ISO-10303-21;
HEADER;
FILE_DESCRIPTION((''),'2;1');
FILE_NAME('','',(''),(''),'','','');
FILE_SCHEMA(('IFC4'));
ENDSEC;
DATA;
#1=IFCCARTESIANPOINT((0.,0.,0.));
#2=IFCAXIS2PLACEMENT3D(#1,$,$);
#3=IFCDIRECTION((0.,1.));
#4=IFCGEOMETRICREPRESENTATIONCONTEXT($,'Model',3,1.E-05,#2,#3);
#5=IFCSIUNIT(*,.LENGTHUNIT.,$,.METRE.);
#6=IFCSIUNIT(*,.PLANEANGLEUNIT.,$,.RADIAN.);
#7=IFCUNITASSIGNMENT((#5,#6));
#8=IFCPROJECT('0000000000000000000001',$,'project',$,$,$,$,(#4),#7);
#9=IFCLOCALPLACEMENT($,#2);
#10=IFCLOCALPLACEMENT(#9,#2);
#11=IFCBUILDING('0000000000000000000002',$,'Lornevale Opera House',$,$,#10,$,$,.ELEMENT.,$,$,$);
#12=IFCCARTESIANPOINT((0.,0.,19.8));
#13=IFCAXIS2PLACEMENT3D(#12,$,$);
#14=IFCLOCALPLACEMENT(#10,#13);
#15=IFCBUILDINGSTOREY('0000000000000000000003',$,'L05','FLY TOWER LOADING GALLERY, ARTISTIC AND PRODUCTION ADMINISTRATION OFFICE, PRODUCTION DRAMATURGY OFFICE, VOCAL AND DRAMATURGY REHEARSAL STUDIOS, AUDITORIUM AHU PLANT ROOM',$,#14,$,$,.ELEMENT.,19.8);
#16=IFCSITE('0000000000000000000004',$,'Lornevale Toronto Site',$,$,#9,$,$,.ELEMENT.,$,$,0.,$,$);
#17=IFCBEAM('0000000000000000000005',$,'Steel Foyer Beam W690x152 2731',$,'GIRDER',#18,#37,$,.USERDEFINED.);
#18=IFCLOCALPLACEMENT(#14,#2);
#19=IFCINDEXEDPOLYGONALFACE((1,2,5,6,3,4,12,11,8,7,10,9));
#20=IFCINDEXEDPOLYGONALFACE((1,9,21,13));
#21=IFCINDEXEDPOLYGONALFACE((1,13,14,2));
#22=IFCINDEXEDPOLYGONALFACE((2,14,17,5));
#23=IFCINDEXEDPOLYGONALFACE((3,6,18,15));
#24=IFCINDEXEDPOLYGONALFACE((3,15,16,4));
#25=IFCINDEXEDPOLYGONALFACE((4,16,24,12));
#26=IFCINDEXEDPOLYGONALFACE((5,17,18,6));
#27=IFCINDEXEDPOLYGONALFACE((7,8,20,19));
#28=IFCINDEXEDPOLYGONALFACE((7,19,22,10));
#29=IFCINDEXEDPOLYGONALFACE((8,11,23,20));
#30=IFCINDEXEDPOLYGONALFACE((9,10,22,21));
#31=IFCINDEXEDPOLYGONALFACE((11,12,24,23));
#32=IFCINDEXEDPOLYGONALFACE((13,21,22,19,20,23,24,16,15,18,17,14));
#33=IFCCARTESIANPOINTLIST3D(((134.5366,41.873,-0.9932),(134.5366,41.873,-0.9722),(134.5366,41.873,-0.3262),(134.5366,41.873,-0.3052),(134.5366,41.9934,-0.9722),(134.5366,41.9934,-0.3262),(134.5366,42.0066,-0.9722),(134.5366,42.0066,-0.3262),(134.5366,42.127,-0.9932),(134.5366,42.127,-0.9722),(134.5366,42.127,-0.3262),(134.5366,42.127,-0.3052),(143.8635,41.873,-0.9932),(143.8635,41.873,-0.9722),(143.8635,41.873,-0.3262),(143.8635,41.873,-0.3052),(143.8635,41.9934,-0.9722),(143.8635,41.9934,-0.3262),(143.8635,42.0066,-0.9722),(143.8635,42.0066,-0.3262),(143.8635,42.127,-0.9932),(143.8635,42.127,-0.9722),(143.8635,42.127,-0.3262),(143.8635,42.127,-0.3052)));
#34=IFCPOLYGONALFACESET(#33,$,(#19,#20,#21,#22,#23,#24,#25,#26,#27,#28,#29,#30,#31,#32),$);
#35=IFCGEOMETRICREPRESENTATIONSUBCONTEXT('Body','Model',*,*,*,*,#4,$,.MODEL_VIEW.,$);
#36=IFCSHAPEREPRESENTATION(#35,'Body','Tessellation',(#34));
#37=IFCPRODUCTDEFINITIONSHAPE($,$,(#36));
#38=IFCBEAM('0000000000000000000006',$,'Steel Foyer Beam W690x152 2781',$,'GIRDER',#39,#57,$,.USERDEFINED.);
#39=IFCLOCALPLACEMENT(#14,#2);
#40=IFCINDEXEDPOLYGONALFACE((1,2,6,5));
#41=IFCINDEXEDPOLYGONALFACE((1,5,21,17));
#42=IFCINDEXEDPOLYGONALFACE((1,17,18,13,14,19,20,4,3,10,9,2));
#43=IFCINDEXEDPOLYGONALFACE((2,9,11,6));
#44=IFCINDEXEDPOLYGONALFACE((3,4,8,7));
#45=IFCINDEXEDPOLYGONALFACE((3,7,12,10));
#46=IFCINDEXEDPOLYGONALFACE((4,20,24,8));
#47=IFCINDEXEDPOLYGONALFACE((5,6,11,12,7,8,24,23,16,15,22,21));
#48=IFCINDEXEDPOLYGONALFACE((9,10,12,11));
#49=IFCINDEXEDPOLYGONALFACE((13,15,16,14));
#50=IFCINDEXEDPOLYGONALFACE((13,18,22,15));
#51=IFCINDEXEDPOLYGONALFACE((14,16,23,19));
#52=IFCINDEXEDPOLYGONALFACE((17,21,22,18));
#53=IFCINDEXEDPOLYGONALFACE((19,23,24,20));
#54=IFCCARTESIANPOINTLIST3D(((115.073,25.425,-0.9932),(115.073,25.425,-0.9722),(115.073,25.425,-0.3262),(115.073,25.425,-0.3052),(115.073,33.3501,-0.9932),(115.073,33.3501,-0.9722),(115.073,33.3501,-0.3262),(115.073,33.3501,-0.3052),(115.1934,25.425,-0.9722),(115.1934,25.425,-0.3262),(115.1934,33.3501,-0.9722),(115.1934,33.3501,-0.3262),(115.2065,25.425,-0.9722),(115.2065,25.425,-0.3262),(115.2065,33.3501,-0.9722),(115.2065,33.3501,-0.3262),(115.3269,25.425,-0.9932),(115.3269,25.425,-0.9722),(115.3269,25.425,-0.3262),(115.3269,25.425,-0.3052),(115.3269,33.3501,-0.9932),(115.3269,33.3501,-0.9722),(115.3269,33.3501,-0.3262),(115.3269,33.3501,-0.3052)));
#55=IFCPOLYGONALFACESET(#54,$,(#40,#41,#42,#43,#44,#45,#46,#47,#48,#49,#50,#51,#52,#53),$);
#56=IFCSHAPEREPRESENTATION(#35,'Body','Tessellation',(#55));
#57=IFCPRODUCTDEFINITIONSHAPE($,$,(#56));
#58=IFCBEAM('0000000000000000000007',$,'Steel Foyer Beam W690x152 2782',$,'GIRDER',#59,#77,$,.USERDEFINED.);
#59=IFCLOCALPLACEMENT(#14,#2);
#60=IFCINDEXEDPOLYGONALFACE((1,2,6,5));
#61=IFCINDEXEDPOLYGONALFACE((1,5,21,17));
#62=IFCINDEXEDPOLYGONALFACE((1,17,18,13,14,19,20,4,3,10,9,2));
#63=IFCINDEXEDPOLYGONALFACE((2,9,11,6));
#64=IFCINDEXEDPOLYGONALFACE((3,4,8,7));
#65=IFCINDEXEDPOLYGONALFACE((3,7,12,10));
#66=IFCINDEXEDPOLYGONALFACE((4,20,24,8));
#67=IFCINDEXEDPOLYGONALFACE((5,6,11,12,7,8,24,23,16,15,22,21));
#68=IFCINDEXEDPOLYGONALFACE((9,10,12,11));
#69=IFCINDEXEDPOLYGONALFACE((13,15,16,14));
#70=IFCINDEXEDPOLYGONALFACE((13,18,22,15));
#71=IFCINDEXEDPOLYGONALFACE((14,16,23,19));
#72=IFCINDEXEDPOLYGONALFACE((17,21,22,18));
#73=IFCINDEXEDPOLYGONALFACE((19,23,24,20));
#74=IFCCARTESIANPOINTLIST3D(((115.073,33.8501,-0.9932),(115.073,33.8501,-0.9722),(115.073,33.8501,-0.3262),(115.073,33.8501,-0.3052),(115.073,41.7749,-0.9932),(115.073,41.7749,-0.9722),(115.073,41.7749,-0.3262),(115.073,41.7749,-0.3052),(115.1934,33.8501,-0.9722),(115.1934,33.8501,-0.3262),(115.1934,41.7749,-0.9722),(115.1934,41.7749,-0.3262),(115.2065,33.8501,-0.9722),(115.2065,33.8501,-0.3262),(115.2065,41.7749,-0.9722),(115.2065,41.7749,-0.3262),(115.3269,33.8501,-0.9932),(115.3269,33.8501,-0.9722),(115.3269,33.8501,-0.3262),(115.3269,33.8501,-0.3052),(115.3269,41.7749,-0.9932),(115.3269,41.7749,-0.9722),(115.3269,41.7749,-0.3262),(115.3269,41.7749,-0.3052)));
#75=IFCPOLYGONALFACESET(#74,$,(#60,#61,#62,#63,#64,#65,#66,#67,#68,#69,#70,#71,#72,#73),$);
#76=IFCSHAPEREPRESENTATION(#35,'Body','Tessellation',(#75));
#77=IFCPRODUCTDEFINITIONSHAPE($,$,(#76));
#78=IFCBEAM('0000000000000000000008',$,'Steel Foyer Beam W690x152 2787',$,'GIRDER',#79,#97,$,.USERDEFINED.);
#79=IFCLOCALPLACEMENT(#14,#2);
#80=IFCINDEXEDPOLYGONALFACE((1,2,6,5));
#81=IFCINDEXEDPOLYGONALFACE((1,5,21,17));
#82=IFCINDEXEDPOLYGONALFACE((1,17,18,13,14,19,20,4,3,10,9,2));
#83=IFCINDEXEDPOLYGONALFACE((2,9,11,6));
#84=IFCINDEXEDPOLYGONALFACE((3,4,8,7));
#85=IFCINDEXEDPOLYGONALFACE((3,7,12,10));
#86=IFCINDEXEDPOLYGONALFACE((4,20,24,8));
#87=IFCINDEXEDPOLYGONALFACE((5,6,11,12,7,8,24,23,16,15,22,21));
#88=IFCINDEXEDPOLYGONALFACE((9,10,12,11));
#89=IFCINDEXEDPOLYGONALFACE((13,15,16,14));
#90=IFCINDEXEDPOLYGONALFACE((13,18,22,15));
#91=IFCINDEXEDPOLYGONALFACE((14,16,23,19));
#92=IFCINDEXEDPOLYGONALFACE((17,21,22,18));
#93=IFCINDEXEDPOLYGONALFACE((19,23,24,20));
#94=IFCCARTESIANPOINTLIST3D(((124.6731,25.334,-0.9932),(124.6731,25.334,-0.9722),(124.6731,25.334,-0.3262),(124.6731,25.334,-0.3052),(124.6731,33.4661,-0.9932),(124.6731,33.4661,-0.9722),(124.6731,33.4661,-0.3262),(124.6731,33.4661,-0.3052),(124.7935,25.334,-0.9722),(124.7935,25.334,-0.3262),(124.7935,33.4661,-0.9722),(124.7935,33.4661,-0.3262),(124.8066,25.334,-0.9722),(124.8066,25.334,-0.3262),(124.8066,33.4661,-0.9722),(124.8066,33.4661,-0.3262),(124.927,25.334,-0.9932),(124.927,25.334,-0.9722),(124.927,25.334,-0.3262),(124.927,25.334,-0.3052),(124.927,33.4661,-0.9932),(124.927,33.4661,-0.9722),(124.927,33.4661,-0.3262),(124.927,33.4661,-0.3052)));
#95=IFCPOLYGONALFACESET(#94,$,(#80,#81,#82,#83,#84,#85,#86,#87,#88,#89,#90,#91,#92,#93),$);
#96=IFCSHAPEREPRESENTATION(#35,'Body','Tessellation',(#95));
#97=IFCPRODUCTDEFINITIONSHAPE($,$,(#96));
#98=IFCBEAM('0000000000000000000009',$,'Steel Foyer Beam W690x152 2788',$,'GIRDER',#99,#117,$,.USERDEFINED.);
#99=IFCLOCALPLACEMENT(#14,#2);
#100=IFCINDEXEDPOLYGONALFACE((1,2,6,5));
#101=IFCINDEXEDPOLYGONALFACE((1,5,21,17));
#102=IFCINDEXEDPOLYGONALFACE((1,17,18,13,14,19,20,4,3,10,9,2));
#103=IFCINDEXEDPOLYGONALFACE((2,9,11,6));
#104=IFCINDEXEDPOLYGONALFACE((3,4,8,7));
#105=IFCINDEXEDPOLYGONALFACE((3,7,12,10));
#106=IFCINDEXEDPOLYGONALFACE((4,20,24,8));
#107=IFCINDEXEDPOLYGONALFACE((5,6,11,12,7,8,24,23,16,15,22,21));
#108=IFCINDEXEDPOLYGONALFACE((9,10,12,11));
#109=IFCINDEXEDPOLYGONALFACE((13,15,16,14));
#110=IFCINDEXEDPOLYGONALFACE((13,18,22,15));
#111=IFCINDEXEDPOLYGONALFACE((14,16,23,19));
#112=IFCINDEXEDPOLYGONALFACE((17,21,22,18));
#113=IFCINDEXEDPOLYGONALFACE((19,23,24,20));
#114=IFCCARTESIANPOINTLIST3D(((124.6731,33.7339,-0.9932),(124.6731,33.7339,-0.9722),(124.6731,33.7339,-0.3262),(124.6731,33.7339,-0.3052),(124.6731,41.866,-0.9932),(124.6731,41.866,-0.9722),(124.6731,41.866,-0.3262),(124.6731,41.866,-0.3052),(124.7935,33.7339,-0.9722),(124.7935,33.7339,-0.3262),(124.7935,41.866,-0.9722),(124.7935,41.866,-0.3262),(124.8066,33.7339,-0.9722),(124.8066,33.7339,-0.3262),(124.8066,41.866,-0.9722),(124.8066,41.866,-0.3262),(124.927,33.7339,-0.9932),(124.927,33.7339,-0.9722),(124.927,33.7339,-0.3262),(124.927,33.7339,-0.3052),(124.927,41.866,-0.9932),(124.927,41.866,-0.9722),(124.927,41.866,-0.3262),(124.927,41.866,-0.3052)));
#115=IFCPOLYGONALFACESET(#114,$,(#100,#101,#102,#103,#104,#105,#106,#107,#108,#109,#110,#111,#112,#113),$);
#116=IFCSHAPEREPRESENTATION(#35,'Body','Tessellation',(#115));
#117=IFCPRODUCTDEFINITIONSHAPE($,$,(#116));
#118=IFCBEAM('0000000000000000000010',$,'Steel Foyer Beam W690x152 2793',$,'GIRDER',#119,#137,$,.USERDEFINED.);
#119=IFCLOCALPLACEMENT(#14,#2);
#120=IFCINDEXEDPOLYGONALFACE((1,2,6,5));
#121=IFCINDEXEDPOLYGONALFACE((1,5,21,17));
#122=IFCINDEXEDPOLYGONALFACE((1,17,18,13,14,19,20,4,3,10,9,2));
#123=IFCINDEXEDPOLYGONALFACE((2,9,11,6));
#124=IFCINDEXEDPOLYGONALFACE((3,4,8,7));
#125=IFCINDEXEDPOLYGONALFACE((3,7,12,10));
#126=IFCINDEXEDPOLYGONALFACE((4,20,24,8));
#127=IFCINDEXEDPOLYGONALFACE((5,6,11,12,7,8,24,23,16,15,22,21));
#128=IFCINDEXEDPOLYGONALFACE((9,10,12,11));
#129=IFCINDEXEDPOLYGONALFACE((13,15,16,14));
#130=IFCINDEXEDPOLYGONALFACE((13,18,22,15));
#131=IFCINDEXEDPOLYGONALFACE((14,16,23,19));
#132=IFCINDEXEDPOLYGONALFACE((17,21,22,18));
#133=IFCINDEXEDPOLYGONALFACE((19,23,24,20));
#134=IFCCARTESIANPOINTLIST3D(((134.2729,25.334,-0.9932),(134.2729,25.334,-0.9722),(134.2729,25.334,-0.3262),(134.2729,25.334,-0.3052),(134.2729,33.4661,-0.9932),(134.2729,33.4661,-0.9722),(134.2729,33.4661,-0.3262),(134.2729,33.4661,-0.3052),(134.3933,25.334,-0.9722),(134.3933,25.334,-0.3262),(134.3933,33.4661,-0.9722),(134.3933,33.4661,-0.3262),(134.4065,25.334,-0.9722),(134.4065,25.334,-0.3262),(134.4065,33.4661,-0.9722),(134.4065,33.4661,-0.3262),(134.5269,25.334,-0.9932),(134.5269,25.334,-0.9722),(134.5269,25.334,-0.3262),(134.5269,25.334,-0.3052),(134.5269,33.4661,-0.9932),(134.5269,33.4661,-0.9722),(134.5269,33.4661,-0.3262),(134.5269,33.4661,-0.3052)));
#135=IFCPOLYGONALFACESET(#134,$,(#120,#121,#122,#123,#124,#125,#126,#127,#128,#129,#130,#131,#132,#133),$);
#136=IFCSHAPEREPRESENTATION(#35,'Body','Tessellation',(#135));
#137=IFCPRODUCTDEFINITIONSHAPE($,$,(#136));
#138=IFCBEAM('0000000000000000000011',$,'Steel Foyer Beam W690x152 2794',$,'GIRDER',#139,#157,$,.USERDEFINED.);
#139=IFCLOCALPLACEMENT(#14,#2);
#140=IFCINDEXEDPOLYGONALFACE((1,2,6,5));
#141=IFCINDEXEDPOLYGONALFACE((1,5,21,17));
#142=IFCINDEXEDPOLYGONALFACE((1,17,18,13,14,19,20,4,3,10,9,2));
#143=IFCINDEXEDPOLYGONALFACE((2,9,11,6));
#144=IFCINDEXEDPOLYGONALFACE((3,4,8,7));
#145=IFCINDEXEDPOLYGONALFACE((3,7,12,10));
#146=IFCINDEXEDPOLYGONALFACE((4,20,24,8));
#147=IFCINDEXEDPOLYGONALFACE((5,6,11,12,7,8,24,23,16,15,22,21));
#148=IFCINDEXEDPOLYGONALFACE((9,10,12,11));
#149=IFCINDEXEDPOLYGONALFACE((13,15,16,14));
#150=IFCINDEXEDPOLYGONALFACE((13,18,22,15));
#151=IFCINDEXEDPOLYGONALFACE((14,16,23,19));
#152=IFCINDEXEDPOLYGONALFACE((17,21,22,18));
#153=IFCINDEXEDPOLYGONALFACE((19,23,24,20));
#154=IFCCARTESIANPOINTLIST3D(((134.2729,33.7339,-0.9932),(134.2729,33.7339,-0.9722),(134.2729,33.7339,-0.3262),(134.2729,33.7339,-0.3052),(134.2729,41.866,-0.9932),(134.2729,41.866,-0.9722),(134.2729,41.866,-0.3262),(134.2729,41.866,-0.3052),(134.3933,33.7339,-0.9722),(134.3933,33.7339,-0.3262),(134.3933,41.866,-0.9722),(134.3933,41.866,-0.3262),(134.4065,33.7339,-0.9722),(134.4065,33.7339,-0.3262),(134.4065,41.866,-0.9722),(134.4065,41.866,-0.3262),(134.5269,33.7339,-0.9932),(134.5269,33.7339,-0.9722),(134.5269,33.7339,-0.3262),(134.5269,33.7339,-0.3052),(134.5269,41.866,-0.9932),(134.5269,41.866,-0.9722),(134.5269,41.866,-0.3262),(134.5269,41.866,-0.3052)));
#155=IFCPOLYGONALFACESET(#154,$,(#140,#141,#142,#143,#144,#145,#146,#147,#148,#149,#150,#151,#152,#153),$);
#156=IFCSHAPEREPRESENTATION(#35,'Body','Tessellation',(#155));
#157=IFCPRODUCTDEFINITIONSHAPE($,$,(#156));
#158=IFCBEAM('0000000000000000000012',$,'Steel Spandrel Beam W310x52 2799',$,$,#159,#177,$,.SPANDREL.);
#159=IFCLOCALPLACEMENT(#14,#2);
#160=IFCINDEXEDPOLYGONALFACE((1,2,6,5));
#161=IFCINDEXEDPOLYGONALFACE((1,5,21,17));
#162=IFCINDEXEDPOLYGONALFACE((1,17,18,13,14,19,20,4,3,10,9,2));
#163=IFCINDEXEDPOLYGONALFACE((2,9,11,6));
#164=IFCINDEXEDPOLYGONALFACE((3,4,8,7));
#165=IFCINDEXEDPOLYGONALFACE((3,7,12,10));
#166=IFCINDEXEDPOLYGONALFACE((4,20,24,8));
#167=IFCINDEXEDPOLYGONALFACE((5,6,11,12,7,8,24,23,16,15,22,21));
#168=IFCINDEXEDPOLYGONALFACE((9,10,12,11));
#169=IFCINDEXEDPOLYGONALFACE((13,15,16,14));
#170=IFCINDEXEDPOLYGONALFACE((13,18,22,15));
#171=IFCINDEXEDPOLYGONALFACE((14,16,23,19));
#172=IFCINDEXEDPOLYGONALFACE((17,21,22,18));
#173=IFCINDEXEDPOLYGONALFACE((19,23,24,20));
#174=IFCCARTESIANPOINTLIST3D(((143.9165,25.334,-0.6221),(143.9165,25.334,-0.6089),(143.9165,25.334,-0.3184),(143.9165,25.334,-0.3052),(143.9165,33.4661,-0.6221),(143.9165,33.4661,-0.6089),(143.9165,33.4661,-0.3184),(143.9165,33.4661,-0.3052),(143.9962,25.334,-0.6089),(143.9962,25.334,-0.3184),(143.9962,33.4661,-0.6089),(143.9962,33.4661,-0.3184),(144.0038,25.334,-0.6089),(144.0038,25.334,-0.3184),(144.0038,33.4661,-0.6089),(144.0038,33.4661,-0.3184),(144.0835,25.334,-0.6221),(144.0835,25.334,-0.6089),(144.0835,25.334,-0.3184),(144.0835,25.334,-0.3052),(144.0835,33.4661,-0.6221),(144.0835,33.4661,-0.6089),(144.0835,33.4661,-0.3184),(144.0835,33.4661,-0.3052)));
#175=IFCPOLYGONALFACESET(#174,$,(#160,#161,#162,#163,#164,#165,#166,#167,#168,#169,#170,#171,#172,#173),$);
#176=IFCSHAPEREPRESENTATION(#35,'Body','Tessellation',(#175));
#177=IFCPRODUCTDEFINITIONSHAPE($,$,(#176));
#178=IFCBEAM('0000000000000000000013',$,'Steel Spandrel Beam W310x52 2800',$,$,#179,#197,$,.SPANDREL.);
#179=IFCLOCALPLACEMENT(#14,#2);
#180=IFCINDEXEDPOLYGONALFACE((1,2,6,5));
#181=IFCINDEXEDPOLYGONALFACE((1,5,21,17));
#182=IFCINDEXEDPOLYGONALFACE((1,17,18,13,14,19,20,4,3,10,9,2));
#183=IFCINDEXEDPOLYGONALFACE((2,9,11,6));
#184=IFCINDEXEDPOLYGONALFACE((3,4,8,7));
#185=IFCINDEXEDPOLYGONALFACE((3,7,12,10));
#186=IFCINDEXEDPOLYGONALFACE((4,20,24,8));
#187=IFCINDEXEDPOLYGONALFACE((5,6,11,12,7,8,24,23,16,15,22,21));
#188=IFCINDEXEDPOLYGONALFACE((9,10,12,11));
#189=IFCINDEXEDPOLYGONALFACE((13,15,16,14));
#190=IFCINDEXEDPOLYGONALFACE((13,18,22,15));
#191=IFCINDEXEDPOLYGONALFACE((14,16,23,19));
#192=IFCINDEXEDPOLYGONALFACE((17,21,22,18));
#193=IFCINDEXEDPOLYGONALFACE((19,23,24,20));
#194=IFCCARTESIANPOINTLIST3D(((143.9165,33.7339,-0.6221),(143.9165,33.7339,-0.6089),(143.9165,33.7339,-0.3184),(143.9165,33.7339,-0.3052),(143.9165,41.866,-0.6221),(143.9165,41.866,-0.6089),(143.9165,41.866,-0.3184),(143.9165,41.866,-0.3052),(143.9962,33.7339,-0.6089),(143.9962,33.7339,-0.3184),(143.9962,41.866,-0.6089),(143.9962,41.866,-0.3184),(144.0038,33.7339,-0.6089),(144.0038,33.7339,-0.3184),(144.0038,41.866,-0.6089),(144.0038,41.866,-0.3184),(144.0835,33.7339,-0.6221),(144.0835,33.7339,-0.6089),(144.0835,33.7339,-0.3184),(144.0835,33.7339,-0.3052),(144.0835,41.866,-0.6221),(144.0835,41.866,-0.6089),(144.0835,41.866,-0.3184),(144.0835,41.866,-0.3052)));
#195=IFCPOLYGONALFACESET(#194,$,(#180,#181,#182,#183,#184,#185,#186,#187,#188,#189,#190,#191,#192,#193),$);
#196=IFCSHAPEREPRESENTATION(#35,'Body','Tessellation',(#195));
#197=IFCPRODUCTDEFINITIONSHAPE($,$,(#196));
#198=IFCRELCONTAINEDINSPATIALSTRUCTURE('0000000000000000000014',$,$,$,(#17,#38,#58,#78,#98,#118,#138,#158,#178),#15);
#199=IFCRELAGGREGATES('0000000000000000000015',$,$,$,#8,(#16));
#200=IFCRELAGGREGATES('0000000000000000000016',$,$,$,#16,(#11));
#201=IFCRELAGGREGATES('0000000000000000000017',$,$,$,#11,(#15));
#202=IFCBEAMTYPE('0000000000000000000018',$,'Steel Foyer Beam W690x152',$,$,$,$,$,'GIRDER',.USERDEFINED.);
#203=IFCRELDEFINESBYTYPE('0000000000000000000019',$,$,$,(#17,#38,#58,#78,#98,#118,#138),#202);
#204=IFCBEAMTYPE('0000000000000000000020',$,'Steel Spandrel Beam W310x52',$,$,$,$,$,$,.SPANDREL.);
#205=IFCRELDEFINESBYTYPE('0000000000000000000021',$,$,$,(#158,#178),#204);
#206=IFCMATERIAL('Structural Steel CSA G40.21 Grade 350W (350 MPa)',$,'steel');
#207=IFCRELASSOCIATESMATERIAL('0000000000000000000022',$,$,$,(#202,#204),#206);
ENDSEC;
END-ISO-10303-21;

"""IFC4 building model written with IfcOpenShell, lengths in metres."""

from ifc_helpers import new_model, si_unit, direction, frame, origin, origin_2d, place, context, subcontext, project, spatial, i_section, extrude, material, material_profile, profile_set, type_object, element, save


model = new_model("IFC4")

# Units and contexts
model_context = context("Model", 3, precision=1e-05, world=origin(), true_north=direction((0.0, 1.0)))
body_context = subcontext(model_context, "Body", "Model", "MODEL_VIEW")
ifc_project = project(units=[si_unit("LENGTHUNIT", "METRE"), si_unit("PLANEANGLEUNIT", "RADIAN")], contexts=[model_context])

# Site, building, storey
site_placement = place(None, origin())
site = spatial("IfcSite", under=ifc_project, at=site_placement, Name="Lornevale Toronto Site", CompositionType="ELEMENT", RefElevation=0.0)
building_placement = place(site_placement, origin())
building = spatial("IfcBuilding", under=site, at=building_placement, Name="Lornevale Opera House", CompositionType="ELEMENT")
storey_placement = place(building_placement, frame((0.0, 0.0, 19.8)))
storey = spatial("IfcBuildingStorey", under=building, at=storey_placement, Name="L05", Description="FLY TOWER LOADING GALLERY, ARTISTIC AND PRODUCTION ADMINISTRATION OFFICE, PRODUCTION DRAMATURGY OFFICE, VOCAL AND DRAMATURGY REHEARSAL STUDIOS, AUDITORIUM AHU PLANT ROOM", CompositionType="ELEMENT", Elevation=19.8)

# Beams
ifc_material_1 = material(Name="Structural Steel CSA G40.21 Grade 350W (350 MPa)", Category="steel")
ifc_material_profile_1 = material_profile(ifc_material_1, i_section(OverallWidth=0.2539, OverallDepth=0.688, WebThickness=0.0132, FlangeThickness=0.021, at=origin_2d()), Name="W690x152")
ifc_profile_set_1 = profile_set([ifc_material_profile_1], Name="Structural Steel CSA G40.21 Grade 350W (350 MPa)")
beam_type_1 = type_object("IfcBeamType", Name="Steel Foyer Beam W690x152", ElementType="GIRDER", PredefinedType="USERDEFINED", material=ifc_profile_set_1)
beam_1_placement = place(storey_placement, frame((134.5366, 42.0, -0.6492), z_axis=(1.0, 0.0, 0.0), x_axis=(0.0, 1.0, 0.0)))
element("IfcBeam", 1, at=beam_1_placement, inside=storey, type_object=beam_type_1, Name="Steel Foyer Beam W690x152 2731", ObjectType="GIRDER", PredefinedType="USERDEFINED", context=body_context, shape_type="SweptSolid", body=[
    extrude(i_section(OverallWidth=0.2539, OverallDepth=0.688, WebThickness=0.0132, FlangeThickness=0.021, at=origin_2d()), origin(), (0.0, 0.0, 1.0), 9.3269),
])
beam_2_placement = place(storey_placement, frame((115.2, 25.425, -0.6492), z_axis=(0.0, 1.0, 0.0), x_axis=(-1.0, 0.0, 0.0)))
element("IfcBeam", 2, at=beam_2_placement, inside=storey, type_object=beam_type_1, Name="Steel Foyer Beam W690x152 2781", ObjectType="GIRDER", PredefinedType="USERDEFINED", context=body_context, shape_type="SweptSolid", body=[
    extrude(i_section(OverallWidth=0.2539, OverallDepth=0.688, WebThickness=0.0132, FlangeThickness=0.021, at=origin_2d()), origin(), (0.0, 0.0, 1.0), 7.925),
])
beam_3_placement = place(storey_placement, frame((115.2, 33.8501, -0.6492), z_axis=(0.0, 1.0, 0.0), x_axis=(-1.0, 0.0, 0.0)))
element("IfcBeam", 3, at=beam_3_placement, inside=storey, type_object=beam_type_1, Name="Steel Foyer Beam W690x152 2782", ObjectType="GIRDER", PredefinedType="USERDEFINED", context=body_context, shape_type="SweptSolid", body=[
    extrude(i_section(OverallWidth=0.2539, OverallDepth=0.688, WebThickness=0.0132, FlangeThickness=0.021, at=origin_2d()), origin(), (0.0, 0.0, 1.0), 7.9248),
])
for number, where, z_axis, x_axis, name in (
    (4, (124.8, 25.334, -0.6492), (0.0, 1.0, 0.0), (-1.0, 0.0, 0.0), "Steel Foyer Beam W690x152 2787"),
    (5, (124.8, 33.7339, -0.6492), (0.0, 1.0, 0.0), (-1.0, 0.0, 0.0), "Steel Foyer Beam W690x152 2788"),
    (6, (134.3999, 25.334, -0.6492), (0.0, 1.0, 0.0), (-1.0, 0.0, 0.0), "Steel Foyer Beam W690x152 2793"),
    (7, (134.3999, 33.7339, -0.6492), (0.0, 1.0, 0.0), (-1.0, 0.0, 0.0), "Steel Foyer Beam W690x152 2794"),
):
    element("IfcBeam", number, at=place(storey_placement, frame(where, z_axis=z_axis, x_axis=x_axis)), inside=storey, type_object=beam_type_1, Name=name, ObjectType="GIRDER", PredefinedType="USERDEFINED", context=body_context, shape_type="SweptSolid", body=[
        extrude(i_section(OverallWidth=0.2539, OverallDepth=0.688, WebThickness=0.0132, FlangeThickness=0.021, at=origin_2d()), origin(), (0.0, 0.0, 1.0), 8.1321),
    ])
ifc_material_profile_2 = material_profile(ifc_material_1, i_section(OverallWidth=0.167, OverallDepth=0.3169, WebThickness=0.0076, FlangeThickness=0.0132, at=origin_2d()), Name="W310x52")
ifc_profile_set_2 = profile_set([ifc_material_profile_2], Name="Structural Steel CSA G40.21 Grade 350W (350 MPa)")
beam_type_2 = type_object("IfcBeamType", Name="Steel Spandrel Beam W310x52", PredefinedType="SPANDREL", material=ifc_profile_set_2)
for number, where, z_axis, x_axis, name in (
    (8, (144.0, 25.334, -0.4636), (0.0, 1.0, 0.0), (-1.0, 0.0, 0.0), "Steel Spandrel Beam W310x52 2799"),
    (9, (144.0, 33.7339, -0.4636), (0.0, 1.0, 0.0), (-1.0, 0.0, 0.0), "Steel Spandrel Beam W310x52 2800"),
):
    element("IfcBeam", number, at=place(storey_placement, frame(where, z_axis=z_axis, x_axis=x_axis)), inside=storey, type_object=beam_type_2, Name=name, PredefinedType="SPANDREL", context=body_context, shape_type="SweptSolid", body=[
        extrude(i_section(OverallWidth=0.167, OverallDepth=0.3169, WebThickness=0.0076, FlangeThickness=0.0132, at=origin_2d()), origin(), (0.0, 0.0, 1.0), 8.1321),
    ])

save(model, "model.ifc")
